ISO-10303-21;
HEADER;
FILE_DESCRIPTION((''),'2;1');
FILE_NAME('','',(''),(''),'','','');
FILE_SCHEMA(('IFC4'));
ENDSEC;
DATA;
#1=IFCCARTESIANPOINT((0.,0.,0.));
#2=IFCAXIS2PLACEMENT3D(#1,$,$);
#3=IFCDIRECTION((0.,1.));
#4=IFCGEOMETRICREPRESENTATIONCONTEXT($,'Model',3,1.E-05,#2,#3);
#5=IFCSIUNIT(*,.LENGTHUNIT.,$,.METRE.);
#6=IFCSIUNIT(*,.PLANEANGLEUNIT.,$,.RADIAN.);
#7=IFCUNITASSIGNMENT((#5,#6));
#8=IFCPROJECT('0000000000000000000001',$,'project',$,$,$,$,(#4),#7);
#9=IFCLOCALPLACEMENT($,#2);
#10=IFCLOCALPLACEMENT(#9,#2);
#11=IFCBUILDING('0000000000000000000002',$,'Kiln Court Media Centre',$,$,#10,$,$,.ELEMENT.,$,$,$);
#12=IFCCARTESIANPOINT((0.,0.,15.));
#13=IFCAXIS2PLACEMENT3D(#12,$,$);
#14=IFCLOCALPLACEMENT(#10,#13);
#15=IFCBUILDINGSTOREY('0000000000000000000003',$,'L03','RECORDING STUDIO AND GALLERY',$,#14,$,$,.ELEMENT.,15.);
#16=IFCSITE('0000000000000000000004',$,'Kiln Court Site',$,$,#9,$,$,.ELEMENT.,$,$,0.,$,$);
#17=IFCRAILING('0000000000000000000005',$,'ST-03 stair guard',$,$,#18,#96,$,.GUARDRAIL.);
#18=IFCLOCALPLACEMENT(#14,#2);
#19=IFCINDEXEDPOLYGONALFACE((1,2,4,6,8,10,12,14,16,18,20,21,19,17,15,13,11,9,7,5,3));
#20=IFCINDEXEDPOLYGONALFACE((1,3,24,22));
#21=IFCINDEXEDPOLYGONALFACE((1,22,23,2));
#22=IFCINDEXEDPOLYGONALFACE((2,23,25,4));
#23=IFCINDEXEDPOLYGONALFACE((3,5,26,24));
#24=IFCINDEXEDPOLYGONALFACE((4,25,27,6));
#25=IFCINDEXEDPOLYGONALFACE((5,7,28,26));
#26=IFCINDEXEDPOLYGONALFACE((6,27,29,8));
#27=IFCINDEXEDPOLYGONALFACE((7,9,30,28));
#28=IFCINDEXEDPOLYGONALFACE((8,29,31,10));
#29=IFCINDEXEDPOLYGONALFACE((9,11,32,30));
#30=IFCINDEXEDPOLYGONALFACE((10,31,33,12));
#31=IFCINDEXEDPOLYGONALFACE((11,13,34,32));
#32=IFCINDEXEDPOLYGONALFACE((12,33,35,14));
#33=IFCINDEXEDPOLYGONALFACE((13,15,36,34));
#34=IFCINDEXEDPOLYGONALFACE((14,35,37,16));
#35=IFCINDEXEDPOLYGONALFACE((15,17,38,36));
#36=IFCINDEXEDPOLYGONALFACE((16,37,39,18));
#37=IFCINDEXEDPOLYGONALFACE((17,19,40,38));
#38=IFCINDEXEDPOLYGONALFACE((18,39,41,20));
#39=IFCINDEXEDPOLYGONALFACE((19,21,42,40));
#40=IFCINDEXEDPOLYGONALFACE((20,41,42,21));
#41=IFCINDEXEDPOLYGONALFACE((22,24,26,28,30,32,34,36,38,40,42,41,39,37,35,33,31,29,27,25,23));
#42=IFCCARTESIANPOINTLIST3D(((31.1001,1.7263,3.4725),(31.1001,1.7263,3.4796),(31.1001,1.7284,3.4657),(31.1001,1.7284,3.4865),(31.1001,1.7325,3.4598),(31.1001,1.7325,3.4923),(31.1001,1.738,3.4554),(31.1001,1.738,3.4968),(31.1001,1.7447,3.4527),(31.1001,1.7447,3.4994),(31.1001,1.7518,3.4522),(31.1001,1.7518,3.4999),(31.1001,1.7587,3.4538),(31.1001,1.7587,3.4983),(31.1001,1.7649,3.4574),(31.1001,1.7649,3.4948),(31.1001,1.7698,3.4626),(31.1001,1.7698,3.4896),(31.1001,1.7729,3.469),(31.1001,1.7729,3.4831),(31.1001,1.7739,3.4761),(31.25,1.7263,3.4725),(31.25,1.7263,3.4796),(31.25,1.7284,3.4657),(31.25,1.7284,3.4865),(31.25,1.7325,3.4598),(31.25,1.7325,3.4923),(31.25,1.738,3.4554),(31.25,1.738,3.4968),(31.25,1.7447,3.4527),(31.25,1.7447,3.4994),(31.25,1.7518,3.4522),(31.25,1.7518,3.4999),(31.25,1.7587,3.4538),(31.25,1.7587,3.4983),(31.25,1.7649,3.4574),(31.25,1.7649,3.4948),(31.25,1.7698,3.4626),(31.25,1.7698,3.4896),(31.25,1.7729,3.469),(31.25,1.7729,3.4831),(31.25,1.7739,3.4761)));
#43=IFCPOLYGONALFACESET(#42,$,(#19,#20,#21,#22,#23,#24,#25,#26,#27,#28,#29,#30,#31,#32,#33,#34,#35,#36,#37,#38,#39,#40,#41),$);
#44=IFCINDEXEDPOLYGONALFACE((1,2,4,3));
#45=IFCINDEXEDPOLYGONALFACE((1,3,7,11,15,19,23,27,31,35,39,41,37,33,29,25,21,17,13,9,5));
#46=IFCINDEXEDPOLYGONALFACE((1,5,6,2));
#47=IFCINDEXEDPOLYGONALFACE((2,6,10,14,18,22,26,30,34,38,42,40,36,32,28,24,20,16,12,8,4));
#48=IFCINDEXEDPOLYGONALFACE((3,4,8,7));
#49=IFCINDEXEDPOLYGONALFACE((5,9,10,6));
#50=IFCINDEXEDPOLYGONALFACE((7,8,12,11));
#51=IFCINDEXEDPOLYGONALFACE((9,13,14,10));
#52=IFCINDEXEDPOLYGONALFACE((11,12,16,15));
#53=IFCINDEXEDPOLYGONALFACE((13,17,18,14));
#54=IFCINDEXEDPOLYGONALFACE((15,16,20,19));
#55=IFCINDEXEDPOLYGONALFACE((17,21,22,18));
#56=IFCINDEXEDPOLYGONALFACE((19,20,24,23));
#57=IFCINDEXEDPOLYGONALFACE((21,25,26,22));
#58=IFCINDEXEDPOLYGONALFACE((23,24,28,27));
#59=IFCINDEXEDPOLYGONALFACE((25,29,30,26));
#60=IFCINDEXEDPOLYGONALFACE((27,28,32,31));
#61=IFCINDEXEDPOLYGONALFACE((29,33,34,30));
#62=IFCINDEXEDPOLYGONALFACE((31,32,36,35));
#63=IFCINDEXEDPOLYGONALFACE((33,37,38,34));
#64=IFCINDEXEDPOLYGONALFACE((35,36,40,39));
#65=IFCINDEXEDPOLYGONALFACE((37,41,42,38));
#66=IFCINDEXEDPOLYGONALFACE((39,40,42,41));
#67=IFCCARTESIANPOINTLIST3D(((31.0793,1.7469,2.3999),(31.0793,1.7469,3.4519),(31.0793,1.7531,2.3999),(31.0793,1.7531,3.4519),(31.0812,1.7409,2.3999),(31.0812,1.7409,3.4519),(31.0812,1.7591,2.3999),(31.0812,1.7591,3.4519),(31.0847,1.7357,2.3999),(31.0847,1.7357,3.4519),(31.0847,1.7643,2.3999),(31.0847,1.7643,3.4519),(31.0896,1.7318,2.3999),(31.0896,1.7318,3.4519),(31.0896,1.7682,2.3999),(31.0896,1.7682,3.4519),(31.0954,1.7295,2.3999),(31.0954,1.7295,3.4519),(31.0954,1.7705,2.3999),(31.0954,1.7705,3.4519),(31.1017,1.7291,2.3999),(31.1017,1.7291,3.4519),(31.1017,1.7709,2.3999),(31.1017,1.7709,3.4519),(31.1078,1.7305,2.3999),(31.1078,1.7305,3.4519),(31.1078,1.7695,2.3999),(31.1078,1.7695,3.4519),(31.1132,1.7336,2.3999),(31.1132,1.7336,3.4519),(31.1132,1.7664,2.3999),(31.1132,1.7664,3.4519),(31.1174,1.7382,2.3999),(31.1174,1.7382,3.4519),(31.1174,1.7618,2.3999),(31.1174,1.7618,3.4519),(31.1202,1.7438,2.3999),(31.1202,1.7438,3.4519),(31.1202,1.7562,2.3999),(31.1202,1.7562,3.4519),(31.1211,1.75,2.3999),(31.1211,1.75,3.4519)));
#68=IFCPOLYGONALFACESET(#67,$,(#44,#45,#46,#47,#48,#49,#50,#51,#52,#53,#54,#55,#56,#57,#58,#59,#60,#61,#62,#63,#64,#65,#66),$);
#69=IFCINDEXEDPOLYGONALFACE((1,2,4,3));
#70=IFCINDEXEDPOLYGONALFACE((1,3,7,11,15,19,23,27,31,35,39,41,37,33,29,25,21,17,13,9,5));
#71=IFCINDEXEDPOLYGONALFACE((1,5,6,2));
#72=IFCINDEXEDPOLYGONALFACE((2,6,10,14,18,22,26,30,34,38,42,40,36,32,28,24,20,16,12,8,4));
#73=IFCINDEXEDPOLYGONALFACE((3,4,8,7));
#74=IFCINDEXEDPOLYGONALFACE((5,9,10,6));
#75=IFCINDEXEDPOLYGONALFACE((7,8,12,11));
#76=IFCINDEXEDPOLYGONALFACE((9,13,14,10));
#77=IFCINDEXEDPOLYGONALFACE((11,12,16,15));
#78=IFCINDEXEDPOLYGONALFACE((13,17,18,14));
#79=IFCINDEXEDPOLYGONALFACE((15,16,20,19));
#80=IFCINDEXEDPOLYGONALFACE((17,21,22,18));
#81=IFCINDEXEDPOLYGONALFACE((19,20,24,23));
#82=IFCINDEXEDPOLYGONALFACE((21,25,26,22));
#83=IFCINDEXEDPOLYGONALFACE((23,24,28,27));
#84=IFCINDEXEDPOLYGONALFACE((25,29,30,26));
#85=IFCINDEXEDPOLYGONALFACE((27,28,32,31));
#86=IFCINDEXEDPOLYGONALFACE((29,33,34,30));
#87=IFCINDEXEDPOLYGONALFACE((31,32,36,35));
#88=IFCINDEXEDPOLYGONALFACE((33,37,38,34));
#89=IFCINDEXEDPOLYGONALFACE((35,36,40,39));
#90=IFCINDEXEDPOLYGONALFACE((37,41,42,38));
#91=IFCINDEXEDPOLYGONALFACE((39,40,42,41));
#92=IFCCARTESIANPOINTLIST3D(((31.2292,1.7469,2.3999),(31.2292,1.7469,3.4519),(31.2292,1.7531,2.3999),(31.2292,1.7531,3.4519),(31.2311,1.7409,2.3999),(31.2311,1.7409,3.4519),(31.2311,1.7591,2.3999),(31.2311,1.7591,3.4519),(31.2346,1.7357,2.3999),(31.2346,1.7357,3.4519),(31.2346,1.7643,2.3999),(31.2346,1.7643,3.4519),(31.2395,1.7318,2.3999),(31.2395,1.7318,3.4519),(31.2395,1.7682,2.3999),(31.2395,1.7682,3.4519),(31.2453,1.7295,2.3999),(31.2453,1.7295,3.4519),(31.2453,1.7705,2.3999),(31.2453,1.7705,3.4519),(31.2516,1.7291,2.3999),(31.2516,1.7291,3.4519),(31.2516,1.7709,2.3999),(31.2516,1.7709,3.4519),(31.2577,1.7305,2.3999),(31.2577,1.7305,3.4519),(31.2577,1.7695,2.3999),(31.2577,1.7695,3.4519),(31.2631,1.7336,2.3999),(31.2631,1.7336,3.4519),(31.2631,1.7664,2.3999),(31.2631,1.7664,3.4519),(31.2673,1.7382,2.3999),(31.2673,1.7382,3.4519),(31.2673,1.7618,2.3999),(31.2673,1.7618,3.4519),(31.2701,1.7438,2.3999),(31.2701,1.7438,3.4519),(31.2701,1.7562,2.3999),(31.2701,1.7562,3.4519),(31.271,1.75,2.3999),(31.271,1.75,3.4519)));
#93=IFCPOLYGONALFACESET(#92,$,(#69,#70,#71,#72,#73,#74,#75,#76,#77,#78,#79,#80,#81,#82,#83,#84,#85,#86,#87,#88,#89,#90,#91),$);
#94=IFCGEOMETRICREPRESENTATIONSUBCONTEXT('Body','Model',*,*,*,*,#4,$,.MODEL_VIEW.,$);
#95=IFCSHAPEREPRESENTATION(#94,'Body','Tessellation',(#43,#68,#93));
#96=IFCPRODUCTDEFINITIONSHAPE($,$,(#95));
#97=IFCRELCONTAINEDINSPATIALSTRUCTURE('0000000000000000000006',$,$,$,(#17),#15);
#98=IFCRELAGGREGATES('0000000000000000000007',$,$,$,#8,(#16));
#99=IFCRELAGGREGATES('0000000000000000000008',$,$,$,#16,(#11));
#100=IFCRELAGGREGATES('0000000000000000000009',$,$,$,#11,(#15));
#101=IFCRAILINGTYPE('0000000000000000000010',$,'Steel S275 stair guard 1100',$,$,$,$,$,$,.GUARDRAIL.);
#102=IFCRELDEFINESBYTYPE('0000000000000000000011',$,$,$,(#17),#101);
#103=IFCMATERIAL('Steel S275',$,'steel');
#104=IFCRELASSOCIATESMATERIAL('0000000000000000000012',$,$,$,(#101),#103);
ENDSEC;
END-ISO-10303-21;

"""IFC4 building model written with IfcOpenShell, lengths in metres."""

from ifc_helpers import new_model, si_unit, direction, frame, origin, origin_2d, place, context, subcontext, project, spatial, circle, extrude, material, type_object, element, save


model = new_model("IFC4")

# Units and contexts
model_context = context("Model", 3, precision=1e-05, world=origin(), true_north=direction((0.0, 1.0)))
body_context = subcontext(model_context, "Body", "Model", "MODEL_VIEW")
ifc_project = project(units=[si_unit("LENGTHUNIT", "METRE"), si_unit("PLANEANGLEUNIT", "RADIAN")], contexts=[model_context])

# Site, building, storey
site_placement = place(None, origin())
site = spatial("IfcSite", under=ifc_project, at=site_placement, Name="Kiln Court Site", CompositionType="ELEMENT", RefElevation=0.0)
building_placement = place(site_placement, origin())
building = spatial("IfcBuilding", under=site, at=building_placement, Name="Kiln Court Media Centre", CompositionType="ELEMENT")
storey_placement = place(building_placement, frame((0.0, 0.0, 15.0)))
storey = spatial("IfcBuildingStorey", under=building, at=storey_placement, Name="L03", Description="RECORDING STUDIO AND GALLERY", CompositionType="ELEMENT", Elevation=15.0)

# Railing
ifc_material_1 = material(Name="Steel S275", Category="steel")
railing_type_1 = type_object("IfcRailingType", Name="Steel S275 stair guard 1100", PredefinedType="GUARDRAIL", material=ifc_material_1)
railing_1_placement = place(storey_placement, frame((31.1001, 1.75, 2.3999)))
element("IfcRailing", 1, at=railing_1_placement, inside=storey, type_object=railing_type_1, Name="ST-03 stair guard", PredefinedType="GUARDRAIL", context=body_context, shape_type="SweptSolid", body=[
    extrude(circle(Radius=0.0239, at=origin_2d()), frame((0.0, 0.0, 1.0762), z_axis=(1.0, 0.0, 0.0), x_axis=(0.0, 1.0, 0.0)), (0.0, 0.0, 1.0), 0.1499),
    extrude(circle(Radius=0.021, at=origin_2d()), origin(), (0.0, 0.0, 1.0), 1.052),
    extrude(circle(Radius=0.021, at=origin_2d()), frame((0.1499, 0.0, 0.0)), (0.0, 0.0, 1.0), 1.052),
])

save(model, "model.ifc")
